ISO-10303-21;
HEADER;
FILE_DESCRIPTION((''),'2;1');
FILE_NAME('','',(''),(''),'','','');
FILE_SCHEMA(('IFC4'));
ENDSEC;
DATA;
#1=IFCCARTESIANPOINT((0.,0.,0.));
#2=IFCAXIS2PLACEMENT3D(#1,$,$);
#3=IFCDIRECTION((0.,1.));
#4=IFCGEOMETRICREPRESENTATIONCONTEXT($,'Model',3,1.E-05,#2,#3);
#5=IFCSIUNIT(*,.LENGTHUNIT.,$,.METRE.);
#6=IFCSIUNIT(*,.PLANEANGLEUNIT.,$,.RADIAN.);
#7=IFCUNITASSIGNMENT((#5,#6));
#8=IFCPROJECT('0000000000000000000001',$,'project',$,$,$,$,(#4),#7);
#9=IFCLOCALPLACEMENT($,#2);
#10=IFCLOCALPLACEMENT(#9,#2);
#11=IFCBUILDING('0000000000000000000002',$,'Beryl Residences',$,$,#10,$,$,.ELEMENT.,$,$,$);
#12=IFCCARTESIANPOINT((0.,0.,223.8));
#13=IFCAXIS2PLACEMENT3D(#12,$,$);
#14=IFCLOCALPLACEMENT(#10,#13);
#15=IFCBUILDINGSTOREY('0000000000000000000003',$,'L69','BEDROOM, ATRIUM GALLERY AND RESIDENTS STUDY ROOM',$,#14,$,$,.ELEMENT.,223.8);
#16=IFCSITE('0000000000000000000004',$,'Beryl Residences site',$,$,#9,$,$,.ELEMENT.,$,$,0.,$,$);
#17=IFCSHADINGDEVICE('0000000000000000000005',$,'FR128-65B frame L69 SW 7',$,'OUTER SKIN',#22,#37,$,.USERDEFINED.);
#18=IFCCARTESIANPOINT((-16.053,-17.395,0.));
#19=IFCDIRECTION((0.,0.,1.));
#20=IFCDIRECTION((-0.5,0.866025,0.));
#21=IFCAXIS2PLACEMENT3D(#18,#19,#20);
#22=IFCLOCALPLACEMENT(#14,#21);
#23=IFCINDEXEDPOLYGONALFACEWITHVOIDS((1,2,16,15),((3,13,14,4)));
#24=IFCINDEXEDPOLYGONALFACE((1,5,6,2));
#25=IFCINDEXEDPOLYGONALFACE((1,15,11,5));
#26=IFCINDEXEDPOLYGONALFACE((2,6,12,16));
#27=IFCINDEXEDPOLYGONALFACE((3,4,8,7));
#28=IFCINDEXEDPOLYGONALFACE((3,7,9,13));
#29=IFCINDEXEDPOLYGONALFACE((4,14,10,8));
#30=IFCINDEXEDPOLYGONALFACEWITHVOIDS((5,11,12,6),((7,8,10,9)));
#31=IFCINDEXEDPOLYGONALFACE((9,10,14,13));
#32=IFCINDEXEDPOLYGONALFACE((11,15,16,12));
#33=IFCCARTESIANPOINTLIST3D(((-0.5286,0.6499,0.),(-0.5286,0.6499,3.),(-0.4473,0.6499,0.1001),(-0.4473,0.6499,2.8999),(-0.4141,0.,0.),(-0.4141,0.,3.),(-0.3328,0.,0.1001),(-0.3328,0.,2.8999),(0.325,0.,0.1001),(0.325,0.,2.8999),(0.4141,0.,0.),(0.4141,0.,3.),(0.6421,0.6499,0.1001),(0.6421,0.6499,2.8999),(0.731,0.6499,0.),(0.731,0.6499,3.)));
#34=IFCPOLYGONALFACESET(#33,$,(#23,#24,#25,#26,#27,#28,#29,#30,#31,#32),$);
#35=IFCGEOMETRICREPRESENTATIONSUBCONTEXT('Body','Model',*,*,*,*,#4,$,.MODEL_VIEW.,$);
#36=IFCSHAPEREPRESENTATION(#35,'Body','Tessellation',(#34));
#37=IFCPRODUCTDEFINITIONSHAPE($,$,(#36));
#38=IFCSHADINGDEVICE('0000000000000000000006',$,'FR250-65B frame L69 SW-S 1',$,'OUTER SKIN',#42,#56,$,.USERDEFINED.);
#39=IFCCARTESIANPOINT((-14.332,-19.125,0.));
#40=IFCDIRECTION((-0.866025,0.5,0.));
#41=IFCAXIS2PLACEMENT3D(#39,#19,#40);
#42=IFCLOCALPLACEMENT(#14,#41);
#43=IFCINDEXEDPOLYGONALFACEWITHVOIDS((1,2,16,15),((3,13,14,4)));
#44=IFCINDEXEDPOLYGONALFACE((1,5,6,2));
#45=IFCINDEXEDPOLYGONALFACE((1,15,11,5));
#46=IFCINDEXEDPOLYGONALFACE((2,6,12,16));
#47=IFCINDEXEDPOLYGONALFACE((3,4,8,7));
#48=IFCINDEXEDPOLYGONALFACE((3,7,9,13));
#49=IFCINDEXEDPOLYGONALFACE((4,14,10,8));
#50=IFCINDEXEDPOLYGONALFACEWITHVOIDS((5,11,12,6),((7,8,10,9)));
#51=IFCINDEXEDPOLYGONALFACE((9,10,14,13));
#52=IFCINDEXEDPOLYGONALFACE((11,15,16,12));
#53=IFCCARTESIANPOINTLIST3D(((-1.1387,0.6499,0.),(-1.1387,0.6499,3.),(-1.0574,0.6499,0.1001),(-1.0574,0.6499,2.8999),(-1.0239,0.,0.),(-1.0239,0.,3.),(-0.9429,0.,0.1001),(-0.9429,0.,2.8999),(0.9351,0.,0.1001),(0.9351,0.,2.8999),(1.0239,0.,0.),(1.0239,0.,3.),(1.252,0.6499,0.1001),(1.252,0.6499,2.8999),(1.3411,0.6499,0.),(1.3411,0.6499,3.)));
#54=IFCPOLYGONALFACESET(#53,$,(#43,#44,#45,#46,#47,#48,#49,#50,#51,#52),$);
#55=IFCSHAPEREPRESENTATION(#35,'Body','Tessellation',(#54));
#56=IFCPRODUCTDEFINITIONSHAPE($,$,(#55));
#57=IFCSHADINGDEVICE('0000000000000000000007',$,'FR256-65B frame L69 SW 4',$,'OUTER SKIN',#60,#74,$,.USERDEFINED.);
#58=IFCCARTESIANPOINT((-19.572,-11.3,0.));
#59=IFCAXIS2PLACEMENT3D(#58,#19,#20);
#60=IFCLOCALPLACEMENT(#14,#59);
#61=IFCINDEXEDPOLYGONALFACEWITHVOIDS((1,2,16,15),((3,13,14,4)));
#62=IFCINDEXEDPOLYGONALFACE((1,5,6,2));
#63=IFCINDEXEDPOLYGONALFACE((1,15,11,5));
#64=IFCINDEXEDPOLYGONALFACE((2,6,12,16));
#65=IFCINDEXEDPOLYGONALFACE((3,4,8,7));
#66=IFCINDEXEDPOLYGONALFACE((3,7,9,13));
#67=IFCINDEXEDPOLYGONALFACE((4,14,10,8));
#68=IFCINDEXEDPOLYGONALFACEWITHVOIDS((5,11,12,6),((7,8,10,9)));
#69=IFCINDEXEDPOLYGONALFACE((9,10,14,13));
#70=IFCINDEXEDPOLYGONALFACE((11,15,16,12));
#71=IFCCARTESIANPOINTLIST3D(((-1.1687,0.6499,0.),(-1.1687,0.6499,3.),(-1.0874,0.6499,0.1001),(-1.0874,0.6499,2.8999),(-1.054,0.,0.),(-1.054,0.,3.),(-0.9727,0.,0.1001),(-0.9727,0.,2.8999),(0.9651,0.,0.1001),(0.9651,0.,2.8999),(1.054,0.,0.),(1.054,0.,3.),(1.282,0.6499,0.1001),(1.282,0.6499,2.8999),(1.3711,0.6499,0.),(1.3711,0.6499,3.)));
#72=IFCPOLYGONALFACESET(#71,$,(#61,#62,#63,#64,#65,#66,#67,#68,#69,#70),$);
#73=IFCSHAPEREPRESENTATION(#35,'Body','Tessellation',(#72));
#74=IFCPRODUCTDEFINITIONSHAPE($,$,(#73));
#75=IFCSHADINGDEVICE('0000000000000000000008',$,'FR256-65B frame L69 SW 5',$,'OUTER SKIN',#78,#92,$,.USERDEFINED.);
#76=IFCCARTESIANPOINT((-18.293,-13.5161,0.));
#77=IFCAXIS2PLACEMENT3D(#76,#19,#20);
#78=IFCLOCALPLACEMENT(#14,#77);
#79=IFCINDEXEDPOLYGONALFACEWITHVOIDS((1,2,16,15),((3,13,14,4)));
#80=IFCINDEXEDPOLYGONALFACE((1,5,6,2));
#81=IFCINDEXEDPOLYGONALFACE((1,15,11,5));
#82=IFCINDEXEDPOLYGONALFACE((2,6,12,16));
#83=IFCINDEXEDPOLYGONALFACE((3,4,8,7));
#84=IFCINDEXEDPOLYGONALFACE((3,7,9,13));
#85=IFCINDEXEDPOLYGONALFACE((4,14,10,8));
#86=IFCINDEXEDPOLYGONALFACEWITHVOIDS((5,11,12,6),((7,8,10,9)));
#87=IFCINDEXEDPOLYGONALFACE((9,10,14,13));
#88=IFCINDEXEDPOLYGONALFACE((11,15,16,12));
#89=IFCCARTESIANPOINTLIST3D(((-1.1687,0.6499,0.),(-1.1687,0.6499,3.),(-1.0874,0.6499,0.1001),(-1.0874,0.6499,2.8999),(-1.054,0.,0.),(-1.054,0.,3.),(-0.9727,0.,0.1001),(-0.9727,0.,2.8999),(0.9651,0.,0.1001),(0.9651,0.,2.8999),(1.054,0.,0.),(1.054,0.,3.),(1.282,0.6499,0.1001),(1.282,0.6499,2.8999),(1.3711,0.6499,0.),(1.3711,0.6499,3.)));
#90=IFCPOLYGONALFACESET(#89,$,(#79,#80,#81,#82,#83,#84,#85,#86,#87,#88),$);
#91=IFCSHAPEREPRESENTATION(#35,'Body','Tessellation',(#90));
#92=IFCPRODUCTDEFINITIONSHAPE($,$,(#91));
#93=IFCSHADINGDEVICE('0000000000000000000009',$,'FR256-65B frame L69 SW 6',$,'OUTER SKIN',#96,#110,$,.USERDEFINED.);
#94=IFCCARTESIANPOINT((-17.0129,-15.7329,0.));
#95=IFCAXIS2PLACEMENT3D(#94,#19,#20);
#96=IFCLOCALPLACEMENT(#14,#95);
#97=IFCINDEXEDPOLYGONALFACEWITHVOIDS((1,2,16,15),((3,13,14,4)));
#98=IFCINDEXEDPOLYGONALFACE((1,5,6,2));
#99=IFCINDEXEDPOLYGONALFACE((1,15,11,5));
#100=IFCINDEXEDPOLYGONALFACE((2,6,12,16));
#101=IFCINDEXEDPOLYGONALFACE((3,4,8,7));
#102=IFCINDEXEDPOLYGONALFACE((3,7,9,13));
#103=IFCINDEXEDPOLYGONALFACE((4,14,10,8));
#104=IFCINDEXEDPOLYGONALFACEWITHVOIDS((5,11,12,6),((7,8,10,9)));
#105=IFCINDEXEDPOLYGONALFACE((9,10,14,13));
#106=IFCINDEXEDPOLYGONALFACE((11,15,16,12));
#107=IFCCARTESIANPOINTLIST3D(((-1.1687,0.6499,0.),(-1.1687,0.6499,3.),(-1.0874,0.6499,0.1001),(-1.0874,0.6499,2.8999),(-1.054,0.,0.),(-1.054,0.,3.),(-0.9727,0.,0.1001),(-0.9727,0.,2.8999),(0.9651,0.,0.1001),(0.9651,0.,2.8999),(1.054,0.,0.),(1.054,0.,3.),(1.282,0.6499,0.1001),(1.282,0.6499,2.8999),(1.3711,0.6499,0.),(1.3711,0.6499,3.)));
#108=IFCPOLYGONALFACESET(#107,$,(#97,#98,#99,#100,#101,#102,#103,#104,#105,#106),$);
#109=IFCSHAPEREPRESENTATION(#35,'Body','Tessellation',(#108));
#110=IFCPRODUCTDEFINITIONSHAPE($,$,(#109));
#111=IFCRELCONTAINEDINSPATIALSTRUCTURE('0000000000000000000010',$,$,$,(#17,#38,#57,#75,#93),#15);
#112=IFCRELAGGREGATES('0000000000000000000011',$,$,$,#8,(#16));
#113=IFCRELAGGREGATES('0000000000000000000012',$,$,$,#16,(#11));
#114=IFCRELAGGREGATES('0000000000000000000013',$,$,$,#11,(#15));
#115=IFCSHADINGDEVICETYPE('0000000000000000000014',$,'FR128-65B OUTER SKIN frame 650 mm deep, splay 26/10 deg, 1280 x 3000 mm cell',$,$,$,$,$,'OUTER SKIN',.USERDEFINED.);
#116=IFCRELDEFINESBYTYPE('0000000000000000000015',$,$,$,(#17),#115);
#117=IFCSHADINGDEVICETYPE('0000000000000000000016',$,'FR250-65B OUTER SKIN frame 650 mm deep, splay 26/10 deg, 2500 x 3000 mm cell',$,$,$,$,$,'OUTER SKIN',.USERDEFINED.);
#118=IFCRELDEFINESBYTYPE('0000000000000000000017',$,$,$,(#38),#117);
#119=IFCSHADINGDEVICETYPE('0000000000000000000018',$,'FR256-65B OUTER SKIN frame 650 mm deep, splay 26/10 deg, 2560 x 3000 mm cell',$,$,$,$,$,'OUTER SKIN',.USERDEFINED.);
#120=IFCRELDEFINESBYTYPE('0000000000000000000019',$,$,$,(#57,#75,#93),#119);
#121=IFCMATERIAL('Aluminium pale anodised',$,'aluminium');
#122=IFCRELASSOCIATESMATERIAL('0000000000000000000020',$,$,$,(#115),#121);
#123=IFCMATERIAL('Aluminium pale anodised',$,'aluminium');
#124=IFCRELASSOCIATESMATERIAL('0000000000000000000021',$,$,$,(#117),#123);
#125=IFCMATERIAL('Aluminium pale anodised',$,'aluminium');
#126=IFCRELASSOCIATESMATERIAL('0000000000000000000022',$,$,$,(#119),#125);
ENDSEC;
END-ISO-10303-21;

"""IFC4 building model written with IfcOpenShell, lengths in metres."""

from ifc_helpers import new_model, entity, si_unit, direction, frame, origin, place, context, subcontext, project, spatial, source, transform, mapped, material, type_object, type_shapes, element, save


model = new_model("IFC4")

# Units and contexts
model_context = context("Model", 3, precision=1e-05, world=origin(), true_north=direction((0.0, 1.0)))
body_context = subcontext(model_context, "Body", "Model", "MODEL_VIEW")
ifc_project = project(units=[si_unit("LENGTHUNIT", "METRE"), si_unit("PLANEANGLEUNIT", "RADIAN")], contexts=[model_context])

# Site, building, storey
site_placement = place(None, origin())
site = spatial("IfcSite", under=ifc_project, at=site_placement, Name="Beryl Residences site", CompositionType="ELEMENT", RefElevation=0.0)
building_placement = place(site_placement, origin())
building = spatial("IfcBuilding", under=site, at=building_placement, Name="Beryl Residences", CompositionType="ELEMENT")
storey_placement = place(building_placement, frame((0.0, 0.0, 223.8)))
storey = spatial("IfcBuildingStorey", under=building, at=storey_placement, Name="L69", Description="BEDROOM, ATRIUM GALLERY AND RESIDENTS STUDY ROOM", CompositionType="ELEMENT", Elevation=223.8)

# Shading devices
ifc_material_1 = material(Name="Aluminium pale anodised", Category="aluminium")
shading_device_type_1 = type_object("IfcShadingDeviceType", Name="FR128-65B OUTER SKIN frame 650 mm deep, splay 26/10 deg, 1280 x 3000 mm cell", ElementType="OUTER SKIN", PredefinedType="USERDEFINED", material=ifc_material_1)
cartesian_point_1 = entity("IfcCartesianPoint", [-0.4141, 0.0])
cartesian_point_2 = entity("IfcCartesianPoint", [-0.325, 0.1001])
cartesian_point_3 = entity("IfcCartesianPoint", [-0.731, 0.0])
cartesian_point_4 = entity("IfcCartesianPoint", [-0.6421, 0.1001])
shared_shape_1 = source(origin(), body_context, "Body", "SweptSolid", [
    entity("IfcExtrudedAreaSolidTapered", entity("IfcArbitraryProfileDefWithVoids", "AREA", None, entity("IfcPolyline", [cartesian_point_1, entity("IfcCartesianPoint", [0.4141, 0.0]), entity("IfcCartesianPoint", [0.4141, 3.0]), entity("IfcCartesianPoint", [-0.4141, 3.0]), cartesian_point_1]), [entity("IfcPolyline", [cartesian_point_2, entity("IfcCartesianPoint", [0.3328, 0.1001]), entity("IfcCartesianPoint", [0.3328, 2.8999]), entity("IfcCartesianPoint", [-0.325, 2.8999]), cartesian_point_2])]), entity("IfcAxis2Placement3D", entity("IfcCartesianPoint", [0.0, 0.0, 0.0]), entity("IfcDirection", [0.0, 1.0, 0.0]), entity("IfcDirection", [-1.0, 0.0, 0.0])), entity("IfcDirection", [0.0, 0.0, 1.0]), 0.6499, entity("IfcArbitraryProfileDefWithVoids", "AREA", None, entity("IfcPolyline", [cartesian_point_3, entity("IfcCartesianPoint", [0.5286, 0.0]), entity("IfcCartesianPoint", [0.5286, 3.0]), entity("IfcCartesianPoint", [-0.731, 3.0]), cartesian_point_3]), [entity("IfcPolyline", [cartesian_point_4, entity("IfcCartesianPoint", [0.4473, 0.1001]), entity("IfcCartesianPoint", [0.4473, 2.8999]), entity("IfcCartesianPoint", [-0.6421, 2.8999]), cartesian_point_4])])),
])
type_shapes(shading_device_type_1, [shared_shape_1])
shading_device_1_placement = place(storey_placement, frame((-16.053, -17.395, 0.0), z_axis=(0.0, 0.0, 1.0), x_axis=(-0.5, 0.866025, 0.0)))
element("IfcShadingDevice", 1, at=shading_device_1_placement, inside=storey, type_object=shading_device_type_1, Name="FR128-65B frame L69 SW 7", ObjectType="OUTER SKIN", PredefinedType="USERDEFINED", context=body_context, shape_type="MappedRepresentation", body=[
    mapped(shared_shape_1, transform((0.0, 0.0, 0.0))),
])
ifc_material_2 = material(Name="Aluminium pale anodised", Category="aluminium")
shading_device_type_2 = type_object("IfcShadingDeviceType", Name="FR250-65B OUTER SKIN frame 650 mm deep, splay 26/10 deg, 2500 x 3000 mm cell", ElementType="OUTER SKIN", PredefinedType="USERDEFINED", material=ifc_material_2)
cartesian_point_5 = entity("IfcCartesianPoint", [-1.0239, 0.0])
cartesian_point_6 = entity("IfcCartesianPoint", [-0.9351, 0.1001])
cartesian_point_7 = entity("IfcCartesianPoint", [-1.3411, 0.0])
cartesian_point_8 = entity("IfcCartesianPoint", [-1.252, 0.1001])
shared_shape_2 = source(origin(), body_context, "Body", "SweptSolid", [
    entity("IfcExtrudedAreaSolidTapered", entity("IfcArbitraryProfileDefWithVoids", "AREA", None, entity("IfcPolyline", [cartesian_point_5, entity("IfcCartesianPoint", [1.0239, 0.0]), entity("IfcCartesianPoint", [1.0239, 3.0]), entity("IfcCartesianPoint", [-1.0239, 3.0]), cartesian_point_5]), [entity("IfcPolyline", [cartesian_point_6, entity("IfcCartesianPoint", [0.9429, 0.1001]), entity("IfcCartesianPoint", [0.9429, 2.8999]), entity("IfcCartesianPoint", [-0.9351, 2.8999]), cartesian_point_6])]), entity("IfcAxis2Placement3D", entity("IfcCartesianPoint", [0.0, 0.0, 0.0]), entity("IfcDirection", [0.0, 1.0, 0.0]), entity("IfcDirection", [-1.0, 0.0, 0.0])), entity("IfcDirection", [0.0, 0.0, 1.0]), 0.6499, entity("IfcArbitraryProfileDefWithVoids", "AREA", None, entity("IfcPolyline", [cartesian_point_7, entity("IfcCartesianPoint", [1.1387, 0.0]), entity("IfcCartesianPoint", [1.1387, 3.0]), entity("IfcCartesianPoint", [-1.3411, 3.0]), cartesian_point_7]), [entity("IfcPolyline", [cartesian_point_8, entity("IfcCartesianPoint", [1.0574, 0.1001]), entity("IfcCartesianPoint", [1.0574, 2.8999]), entity("IfcCartesianPoint", [-1.252, 2.8999]), cartesian_point_8])])),
])
type_shapes(shading_device_type_2, [shared_shape_2])
shading_device_2_placement = place(storey_placement, frame((-14.332, -19.125, 0.0), z_axis=(0.0, 0.0, 1.0), x_axis=(-0.866025, 0.5, 0.0)))
element("IfcShadingDevice", 2, at=shading_device_2_placement, inside=storey, type_object=shading_device_type_2, Name="FR250-65B frame L69 SW-S 1", ObjectType="OUTER SKIN", PredefinedType="USERDEFINED", context=body_context, shape_type="MappedRepresentation", body=[
    mapped(shared_shape_2, transform((0.0, 0.0, 0.0))),
])
ifc_material_3 = material(Name="Aluminium pale anodised", Category="aluminium")
shading_device_type_3 = type_object("IfcShadingDeviceType", Name="FR256-65B OUTER SKIN frame 650 mm deep, splay 26/10 deg, 2560 x 3000 mm cell", ElementType="OUTER SKIN", PredefinedType="USERDEFINED", material=ifc_material_3)
cartesian_point_9 = entity("IfcCartesianPoint", [-1.054, 0.0])
cartesian_point_10 = entity("IfcCartesianPoint", [-0.9651, 0.1001])
cartesian_point_11 = entity("IfcCartesianPoint", [-1.3711, 0.0])
cartesian_point_12 = entity("IfcCartesianPoint", [-1.282, 0.1001])
shared_shape_3 = source(origin(), body_context, "Body", "SweptSolid", [
    entity("IfcExtrudedAreaSolidTapered", entity("IfcArbitraryProfileDefWithVoids", "AREA", None, entity("IfcPolyline", [cartesian_point_9, entity("IfcCartesianPoint", [1.054, 0.0]), entity("IfcCartesianPoint", [1.054, 3.0]), entity("IfcCartesianPoint", [-1.054, 3.0]), cartesian_point_9]), [entity("IfcPolyline", [cartesian_point_10, entity("IfcCartesianPoint", [0.9727, 0.1001]), entity("IfcCartesianPoint", [0.9727, 2.8999]), entity("IfcCartesianPoint", [-0.9651, 2.8999]), cartesian_point_10])]), entity("IfcAxis2Placement3D", entity("IfcCartesianPoint", [0.0, 0.0, 0.0]), entity("IfcDirection", [0.0, 1.0, 0.0]), entity("IfcDirection", [-1.0, 0.0, 0.0])), entity("IfcDirection", [0.0, 0.0, 1.0]), 0.6499, entity("IfcArbitraryProfileDefWithVoids", "AREA", None, entity("IfcPolyline", [cartesian_point_11, entity("IfcCartesianPoint", [1.1687, 0.0]), entity("IfcCartesianPoint", [1.1687, 3.0]), entity("IfcCartesianPoint", [-1.3711, 3.0]), cartesian_point_11]), [entity("IfcPolyline", [cartesian_point_12, entity("IfcCartesianPoint", [1.0874, 0.1001]), entity("IfcCartesianPoint", [1.0874, 2.8999]), entity("IfcCartesianPoint", [-1.282, 2.8999]), cartesian_point_12])])),
])
type_shapes(shading_device_type_3, [shared_shape_3])
for number, where, z_axis, x_axis, name in (
    (3, (-19.572, -11.3, 0.0), (0.0, 0.0, 1.0), (-0.5, 0.866025, 0.0), "FR256-65B frame L69 SW 4"),
    (4, (-18.293, -13.5161, 0.0), (0.0, 0.0, 1.0), (-0.5, 0.866025, 0.0), "FR256-65B frame L69 SW 5"),
    (5, (-17.0129, -15.7329, 0.0), (0.0, 0.0, 1.0), (-0.5, 0.866025, 0.0), "FR256-65B frame L69 SW 6"),
):
    element("IfcShadingDevice", number, at=place(storey_placement, frame(where, z_axis=z_axis, x_axis=x_axis)), inside=storey, type_object=shading_device_type_3, Name=name, ObjectType="OUTER SKIN", PredefinedType="USERDEFINED", context=body_context, shape_type="MappedRepresentation", body=[
        mapped(shared_shape_3, transform((0.0, 0.0, 0.0))),
    ])

save(model, "model.ifc")
